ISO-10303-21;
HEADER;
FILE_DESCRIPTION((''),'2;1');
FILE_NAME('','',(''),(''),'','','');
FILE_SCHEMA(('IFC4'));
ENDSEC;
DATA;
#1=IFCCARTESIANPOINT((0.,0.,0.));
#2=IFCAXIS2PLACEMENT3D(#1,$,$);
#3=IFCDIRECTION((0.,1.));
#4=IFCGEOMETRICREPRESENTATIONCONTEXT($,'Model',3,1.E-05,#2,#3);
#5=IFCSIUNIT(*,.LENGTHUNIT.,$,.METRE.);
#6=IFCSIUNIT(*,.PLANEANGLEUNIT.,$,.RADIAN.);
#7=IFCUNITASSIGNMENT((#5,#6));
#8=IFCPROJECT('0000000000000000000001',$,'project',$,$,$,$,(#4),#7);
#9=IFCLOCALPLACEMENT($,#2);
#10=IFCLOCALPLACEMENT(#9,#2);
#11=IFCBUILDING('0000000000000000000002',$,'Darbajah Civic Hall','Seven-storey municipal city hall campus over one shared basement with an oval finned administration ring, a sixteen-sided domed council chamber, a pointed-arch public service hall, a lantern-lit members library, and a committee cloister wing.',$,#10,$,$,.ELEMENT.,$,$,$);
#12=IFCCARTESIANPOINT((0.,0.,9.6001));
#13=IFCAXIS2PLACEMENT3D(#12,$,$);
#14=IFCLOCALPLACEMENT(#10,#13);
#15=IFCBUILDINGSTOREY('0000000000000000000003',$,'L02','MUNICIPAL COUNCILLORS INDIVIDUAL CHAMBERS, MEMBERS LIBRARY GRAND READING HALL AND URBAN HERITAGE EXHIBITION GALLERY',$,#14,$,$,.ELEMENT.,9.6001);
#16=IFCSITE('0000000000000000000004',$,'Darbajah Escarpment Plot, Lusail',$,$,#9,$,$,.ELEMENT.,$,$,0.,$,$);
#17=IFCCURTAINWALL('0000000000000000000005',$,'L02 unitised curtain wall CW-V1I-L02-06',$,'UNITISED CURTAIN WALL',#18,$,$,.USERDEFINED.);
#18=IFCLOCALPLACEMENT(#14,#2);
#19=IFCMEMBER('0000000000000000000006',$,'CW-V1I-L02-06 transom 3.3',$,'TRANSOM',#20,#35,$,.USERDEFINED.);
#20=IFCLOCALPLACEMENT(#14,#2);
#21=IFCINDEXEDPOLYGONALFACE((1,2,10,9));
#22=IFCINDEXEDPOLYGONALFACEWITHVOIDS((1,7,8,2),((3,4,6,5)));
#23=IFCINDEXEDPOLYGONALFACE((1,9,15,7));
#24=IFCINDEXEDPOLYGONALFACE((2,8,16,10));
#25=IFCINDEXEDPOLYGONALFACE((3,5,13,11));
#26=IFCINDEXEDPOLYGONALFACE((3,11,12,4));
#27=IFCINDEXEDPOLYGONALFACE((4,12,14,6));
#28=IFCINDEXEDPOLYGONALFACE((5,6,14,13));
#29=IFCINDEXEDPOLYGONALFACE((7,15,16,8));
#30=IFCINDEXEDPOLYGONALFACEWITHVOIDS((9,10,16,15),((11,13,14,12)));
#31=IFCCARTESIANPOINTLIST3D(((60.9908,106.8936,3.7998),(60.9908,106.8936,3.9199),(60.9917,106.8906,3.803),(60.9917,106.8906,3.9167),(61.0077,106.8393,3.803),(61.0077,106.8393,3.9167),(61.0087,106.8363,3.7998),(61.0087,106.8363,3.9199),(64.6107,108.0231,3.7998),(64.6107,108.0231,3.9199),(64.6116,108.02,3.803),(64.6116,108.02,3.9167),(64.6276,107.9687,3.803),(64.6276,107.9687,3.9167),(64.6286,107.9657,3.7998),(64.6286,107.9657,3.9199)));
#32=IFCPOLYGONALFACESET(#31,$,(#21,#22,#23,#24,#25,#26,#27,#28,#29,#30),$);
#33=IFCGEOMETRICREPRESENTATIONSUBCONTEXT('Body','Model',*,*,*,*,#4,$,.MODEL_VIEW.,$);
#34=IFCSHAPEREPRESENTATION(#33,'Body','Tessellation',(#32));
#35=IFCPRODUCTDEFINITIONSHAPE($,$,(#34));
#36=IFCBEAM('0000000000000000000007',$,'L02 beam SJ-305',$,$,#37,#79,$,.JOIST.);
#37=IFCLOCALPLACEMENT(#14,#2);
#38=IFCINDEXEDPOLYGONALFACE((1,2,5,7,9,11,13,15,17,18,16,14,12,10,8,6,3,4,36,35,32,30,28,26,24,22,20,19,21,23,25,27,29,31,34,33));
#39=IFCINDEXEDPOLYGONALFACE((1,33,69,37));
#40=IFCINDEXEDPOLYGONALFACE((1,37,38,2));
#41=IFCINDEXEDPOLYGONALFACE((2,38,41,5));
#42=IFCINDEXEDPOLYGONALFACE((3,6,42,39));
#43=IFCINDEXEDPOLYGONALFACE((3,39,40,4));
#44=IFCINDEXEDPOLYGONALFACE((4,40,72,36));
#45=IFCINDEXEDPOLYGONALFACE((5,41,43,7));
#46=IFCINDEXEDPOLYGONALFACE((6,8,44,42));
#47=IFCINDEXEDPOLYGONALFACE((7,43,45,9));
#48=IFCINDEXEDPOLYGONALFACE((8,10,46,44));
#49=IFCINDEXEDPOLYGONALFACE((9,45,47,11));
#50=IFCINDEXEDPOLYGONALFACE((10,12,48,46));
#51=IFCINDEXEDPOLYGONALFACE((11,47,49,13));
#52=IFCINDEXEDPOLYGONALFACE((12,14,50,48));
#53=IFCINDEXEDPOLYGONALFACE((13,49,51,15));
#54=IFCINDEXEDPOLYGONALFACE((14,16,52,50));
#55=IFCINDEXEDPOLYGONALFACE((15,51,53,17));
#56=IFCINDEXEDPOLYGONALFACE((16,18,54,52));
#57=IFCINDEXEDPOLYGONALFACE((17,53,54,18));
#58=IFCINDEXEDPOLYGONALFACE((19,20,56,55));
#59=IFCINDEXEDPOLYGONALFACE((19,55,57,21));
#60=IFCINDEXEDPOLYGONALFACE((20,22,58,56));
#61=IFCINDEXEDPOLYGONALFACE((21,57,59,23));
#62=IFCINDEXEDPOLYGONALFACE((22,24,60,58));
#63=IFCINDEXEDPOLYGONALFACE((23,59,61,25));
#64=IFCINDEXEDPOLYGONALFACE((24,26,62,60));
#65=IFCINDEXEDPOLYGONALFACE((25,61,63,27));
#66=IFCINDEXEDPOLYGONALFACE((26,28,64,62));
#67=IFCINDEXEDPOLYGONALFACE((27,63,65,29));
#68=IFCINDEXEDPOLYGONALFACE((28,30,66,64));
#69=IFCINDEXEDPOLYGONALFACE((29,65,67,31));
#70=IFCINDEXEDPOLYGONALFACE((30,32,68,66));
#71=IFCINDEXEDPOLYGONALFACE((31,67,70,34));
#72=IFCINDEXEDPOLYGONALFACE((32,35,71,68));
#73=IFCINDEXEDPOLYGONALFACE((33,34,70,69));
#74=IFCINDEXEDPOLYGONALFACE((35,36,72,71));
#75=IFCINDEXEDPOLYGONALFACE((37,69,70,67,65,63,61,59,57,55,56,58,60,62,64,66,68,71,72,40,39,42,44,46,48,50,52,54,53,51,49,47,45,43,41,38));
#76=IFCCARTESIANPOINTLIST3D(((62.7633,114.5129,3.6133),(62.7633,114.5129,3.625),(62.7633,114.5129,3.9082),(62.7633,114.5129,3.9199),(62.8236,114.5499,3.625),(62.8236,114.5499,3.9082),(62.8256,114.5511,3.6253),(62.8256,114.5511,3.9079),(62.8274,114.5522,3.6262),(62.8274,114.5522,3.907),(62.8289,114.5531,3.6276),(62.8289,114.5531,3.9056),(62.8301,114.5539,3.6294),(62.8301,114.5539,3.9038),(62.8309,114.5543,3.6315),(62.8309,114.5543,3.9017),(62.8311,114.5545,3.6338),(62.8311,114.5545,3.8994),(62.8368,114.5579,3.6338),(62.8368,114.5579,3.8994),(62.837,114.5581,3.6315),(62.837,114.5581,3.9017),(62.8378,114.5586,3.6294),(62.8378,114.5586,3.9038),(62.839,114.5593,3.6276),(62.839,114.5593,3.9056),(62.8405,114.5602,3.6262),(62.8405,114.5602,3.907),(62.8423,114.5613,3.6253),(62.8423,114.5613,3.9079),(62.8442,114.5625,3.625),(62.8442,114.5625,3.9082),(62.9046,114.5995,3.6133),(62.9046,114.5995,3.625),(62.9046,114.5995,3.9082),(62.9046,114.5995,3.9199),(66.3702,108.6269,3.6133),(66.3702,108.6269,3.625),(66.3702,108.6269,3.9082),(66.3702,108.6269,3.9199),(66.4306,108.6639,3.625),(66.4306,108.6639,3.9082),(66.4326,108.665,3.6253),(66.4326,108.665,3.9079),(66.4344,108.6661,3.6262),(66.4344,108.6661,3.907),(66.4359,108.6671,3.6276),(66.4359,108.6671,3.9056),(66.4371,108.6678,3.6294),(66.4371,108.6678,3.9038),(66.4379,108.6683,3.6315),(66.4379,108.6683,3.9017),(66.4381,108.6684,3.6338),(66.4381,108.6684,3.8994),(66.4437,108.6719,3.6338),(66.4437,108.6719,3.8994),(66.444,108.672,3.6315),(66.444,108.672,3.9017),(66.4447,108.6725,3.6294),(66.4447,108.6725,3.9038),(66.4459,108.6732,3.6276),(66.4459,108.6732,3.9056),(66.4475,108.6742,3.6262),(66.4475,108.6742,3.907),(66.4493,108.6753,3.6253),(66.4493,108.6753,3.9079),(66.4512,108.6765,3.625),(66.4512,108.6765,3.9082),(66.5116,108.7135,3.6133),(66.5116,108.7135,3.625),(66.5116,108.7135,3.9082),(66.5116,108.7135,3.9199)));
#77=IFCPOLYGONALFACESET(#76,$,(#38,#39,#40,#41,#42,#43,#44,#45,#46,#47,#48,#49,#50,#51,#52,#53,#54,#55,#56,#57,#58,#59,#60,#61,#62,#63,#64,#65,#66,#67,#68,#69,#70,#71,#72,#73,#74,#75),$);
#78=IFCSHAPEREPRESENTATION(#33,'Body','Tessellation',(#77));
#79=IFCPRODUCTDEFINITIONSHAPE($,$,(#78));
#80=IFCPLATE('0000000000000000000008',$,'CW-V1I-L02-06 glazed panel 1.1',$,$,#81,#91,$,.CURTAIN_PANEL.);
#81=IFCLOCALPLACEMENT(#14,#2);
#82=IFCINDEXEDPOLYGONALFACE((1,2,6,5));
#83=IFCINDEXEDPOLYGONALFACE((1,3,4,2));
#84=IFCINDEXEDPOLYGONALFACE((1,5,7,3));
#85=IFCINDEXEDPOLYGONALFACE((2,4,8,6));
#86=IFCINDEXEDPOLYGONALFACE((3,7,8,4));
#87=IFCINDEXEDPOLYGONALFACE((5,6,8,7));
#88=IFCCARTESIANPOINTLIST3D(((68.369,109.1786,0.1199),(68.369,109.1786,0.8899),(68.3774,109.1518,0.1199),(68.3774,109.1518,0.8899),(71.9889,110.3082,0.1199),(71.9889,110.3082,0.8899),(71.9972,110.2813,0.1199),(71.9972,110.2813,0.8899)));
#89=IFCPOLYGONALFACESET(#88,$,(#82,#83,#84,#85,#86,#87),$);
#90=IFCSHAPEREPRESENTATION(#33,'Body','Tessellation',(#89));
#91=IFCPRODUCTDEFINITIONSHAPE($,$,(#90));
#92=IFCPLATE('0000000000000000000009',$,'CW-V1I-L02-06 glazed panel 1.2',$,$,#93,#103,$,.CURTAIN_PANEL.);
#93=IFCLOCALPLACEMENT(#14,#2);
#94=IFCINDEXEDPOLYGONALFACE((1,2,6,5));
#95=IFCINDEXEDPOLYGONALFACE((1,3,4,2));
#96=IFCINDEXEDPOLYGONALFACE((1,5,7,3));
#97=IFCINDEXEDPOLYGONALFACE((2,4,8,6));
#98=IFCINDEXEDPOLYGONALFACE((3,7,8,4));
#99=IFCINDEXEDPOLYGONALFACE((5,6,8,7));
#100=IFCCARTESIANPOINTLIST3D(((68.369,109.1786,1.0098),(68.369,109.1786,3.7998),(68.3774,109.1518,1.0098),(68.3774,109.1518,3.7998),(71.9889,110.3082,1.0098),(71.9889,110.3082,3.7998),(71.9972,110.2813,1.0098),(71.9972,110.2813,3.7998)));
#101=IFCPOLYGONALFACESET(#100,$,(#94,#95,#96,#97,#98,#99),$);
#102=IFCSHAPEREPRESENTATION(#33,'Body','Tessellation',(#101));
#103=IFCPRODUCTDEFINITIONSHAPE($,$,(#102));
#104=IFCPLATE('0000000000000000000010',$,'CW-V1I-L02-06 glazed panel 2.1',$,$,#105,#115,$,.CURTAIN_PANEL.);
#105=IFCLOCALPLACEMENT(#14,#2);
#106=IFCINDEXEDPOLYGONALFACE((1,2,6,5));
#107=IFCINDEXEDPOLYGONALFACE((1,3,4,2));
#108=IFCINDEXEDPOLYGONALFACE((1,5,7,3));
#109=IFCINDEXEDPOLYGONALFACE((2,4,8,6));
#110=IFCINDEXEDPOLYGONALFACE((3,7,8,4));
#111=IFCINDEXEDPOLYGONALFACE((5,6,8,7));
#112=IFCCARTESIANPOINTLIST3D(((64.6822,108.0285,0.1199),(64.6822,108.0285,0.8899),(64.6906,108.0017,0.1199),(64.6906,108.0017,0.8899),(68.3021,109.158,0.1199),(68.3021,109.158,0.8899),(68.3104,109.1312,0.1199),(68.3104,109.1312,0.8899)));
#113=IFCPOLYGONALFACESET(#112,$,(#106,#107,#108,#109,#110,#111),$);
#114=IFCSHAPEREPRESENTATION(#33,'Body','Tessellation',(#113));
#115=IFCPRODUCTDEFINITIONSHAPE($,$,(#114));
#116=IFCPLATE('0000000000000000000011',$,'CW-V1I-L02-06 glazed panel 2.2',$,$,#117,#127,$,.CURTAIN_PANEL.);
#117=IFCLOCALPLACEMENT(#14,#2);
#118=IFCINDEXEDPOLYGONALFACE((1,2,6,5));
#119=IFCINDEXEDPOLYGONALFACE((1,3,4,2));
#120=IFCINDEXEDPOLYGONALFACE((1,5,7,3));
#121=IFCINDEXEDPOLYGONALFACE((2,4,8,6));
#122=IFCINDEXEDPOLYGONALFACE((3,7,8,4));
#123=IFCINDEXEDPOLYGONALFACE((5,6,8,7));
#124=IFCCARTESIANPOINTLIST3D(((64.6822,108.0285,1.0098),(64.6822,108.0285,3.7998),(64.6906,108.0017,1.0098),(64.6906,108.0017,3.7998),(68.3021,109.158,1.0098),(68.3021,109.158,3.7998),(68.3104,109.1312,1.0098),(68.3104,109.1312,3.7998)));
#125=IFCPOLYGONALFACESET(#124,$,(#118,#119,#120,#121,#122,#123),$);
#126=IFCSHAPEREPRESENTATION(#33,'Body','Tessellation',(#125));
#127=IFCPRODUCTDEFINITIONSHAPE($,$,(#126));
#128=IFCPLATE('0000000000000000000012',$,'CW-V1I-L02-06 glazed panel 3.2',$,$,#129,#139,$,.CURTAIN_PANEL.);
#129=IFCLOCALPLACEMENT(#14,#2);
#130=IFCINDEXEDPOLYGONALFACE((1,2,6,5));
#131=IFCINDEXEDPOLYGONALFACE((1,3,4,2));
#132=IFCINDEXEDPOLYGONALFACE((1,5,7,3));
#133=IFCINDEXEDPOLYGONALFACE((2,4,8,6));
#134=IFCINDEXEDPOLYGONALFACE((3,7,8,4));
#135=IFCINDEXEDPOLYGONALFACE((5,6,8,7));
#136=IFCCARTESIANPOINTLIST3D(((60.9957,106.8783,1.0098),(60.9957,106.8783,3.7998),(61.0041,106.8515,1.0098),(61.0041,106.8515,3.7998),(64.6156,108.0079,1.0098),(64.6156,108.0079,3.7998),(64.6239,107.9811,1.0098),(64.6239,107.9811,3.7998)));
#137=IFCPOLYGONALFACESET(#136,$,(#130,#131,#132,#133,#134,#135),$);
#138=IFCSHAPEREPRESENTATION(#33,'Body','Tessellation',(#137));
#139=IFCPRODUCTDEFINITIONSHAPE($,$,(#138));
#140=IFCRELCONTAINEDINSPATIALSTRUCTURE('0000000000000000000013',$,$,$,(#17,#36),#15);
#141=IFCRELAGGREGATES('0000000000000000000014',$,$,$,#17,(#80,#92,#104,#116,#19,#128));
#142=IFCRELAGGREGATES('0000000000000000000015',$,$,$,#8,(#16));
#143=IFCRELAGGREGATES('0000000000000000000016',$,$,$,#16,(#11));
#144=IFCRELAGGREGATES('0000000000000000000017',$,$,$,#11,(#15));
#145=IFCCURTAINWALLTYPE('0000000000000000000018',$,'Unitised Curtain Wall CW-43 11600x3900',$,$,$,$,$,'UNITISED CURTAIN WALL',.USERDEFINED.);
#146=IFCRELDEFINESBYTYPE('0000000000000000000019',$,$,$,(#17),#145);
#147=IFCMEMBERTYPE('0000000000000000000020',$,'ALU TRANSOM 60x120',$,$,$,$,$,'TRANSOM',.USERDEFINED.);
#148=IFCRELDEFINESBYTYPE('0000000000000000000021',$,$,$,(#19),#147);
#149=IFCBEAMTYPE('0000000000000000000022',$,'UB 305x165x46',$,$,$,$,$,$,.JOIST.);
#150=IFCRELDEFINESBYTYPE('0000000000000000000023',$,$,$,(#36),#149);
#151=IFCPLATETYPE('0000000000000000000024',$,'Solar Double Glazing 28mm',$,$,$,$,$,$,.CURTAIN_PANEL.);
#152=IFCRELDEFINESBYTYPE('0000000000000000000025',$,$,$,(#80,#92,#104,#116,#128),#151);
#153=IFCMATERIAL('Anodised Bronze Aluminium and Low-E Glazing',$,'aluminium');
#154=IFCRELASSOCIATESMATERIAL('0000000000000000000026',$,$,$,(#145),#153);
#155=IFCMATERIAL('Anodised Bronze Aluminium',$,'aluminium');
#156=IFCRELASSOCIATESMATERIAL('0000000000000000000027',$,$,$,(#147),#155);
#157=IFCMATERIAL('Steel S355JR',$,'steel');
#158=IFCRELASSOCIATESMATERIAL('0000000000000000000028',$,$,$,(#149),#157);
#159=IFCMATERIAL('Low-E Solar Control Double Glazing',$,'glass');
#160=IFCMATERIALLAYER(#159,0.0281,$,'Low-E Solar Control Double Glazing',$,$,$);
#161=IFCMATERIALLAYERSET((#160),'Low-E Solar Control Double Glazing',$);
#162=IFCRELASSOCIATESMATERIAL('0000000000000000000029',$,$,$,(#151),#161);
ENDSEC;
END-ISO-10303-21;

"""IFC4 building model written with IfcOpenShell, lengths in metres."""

from ifc_helpers import new_model, si_unit, direction, frame, origin, origin_2d, place, context, subcontext, project, spatial, rectangle, hollow_rectangle, i_section, extrude, material, layer, layer_set, material_profile, profile_set, type_object, element, aggregate, save


model = new_model("IFC4")

# Units and contexts
model_context = context("Model", 3, precision=1e-05, world=origin(), true_north=direction((0.0, 1.0)))
body_context = subcontext(model_context, "Body", "Model", "MODEL_VIEW")
ifc_project = project(units=[si_unit("LENGTHUNIT", "METRE"), si_unit("PLANEANGLEUNIT", "RADIAN")], contexts=[model_context])

# Site, building, storey
site_placement = place(None, origin())
site = spatial("IfcSite", under=ifc_project, at=site_placement, Name="Darbajah Escarpment Plot, Lusail", CompositionType="ELEMENT", RefElevation=0.0)
building_placement = place(site_placement, origin())
building = spatial("IfcBuilding", under=site, at=building_placement, Name="Darbajah Civic Hall", Description="Seven-storey municipal city hall campus over one shared basement with an oval finned administration ring, a sixteen-sided domed council chamber, a pointed-arch public service hall, a lantern-lit members library, and a committee cloister wing.", CompositionType="ELEMENT")
storey_placement = place(building_placement, frame((0.0, 0.0, 9.6001)))
storey = spatial("IfcBuildingStorey", under=building, at=storey_placement, Name="L02", Description="MUNICIPAL COUNCILLORS INDIVIDUAL CHAMBERS, MEMBERS LIBRARY GRAND READING HALL AND URBAN HERITAGE EXHIBITION GALLERY", CompositionType="ELEMENT", Elevation=9.6001)

# Curtain wall, member
ifc_material_1 = material(Name="Anodised Bronze Aluminium and Low-E Glazing", Category="aluminium")
curtain_wall_type = type_object("IfcCurtainWallType", Name="Unitised Curtain Wall CW-43 11600x3900", ElementType="UNITISED CURTAIN WALL", PredefinedType="USERDEFINED", material=ifc_material_1)
curtain_wall_placement = place(storey_placement, origin())
curtain_wall = element("IfcCurtainWall", 1, at=curtain_wall_placement, inside=storey, type_object=curtain_wall_type, Name="L02 unitised curtain wall CW-V1I-L02-06", ObjectType="UNITISED CURTAIN WALL", PredefinedType="USERDEFINED")
ifc_material_2 = material(Name="Anodised Bronze Aluminium", Category="aluminium")
ifc_material_profile_1 = material_profile(ifc_material_2, hollow_rectangle(XDim=0.0601, YDim=0.1201, WallThickness=0.0032, at=origin_2d()), Name="ALU TRANSOM 60x120")
ifc_profile_set_1 = profile_set([ifc_material_profile_1], Name="Anodised Bronze Aluminium")
member_type_1 = type_object("IfcMemberType", Name="ALU TRANSOM 60x120", ElementType="TRANSOM", PredefinedType="USERDEFINED", material=ifc_profile_set_1)
member_1_placement = place(storey_placement, frame((64.6196, 107.9944, 3.8599), z_axis=(-0.954616, -0.297839, 0.0), x_axis=(0.297839, -0.954616, 0.0)))
member_1 = element("IfcMember", 2, at=member_1_placement, type_object=member_type_1, Name="CW-V1I-L02-06 transom 3.3", ObjectType="TRANSOM", PredefinedType="USERDEFINED", context=body_context, shape_type="SweptSolid", body=[
    extrude(hollow_rectangle(XDim=0.0601, YDim=0.1201, WallThickness=0.0032, at=origin_2d()), origin(), (0.0, 0.0, 1.0), 3.792),
])

# Beam
ifc_material_3 = material(Name="Steel S355JR", Category="steel")
ifc_material_profile_2 = material_profile(ifc_material_3, i_section(OverallWidth=0.1658, OverallDepth=0.3066, WebThickness=0.0066, FlangeThickness=0.0117, FilletRadius=0.0088, at=origin_2d()), Name="UB 305x165x46")
ifc_profile_set_2 = profile_set([ifc_material_profile_2], Name="Steel S355JR")
beam_type = type_object("IfcBeamType", Name="UB 305x165x46", PredefinedType="JOIST", material=ifc_profile_set_2)
beam_placement = place(storey_placement, frame((66.4409, 108.6702, 3.7666), z_axis=(-0.522498, 0.85264, 0.0), x_axis=(-0.85264, -0.522498, 0.0)))
element("IfcBeam", 3, at=beam_placement, inside=storey, type_object=beam_type, Name="L02 beam SJ-305", PredefinedType="JOIST", context=body_context, shape_type="SweptSolid", body=[
    extrude(i_section(OverallWidth=0.1658, OverallDepth=0.3066, WebThickness=0.0066, FlangeThickness=0.0117, FilletRadius=0.0088, at=origin_2d()), origin(), (0.0, 0.0, 1.0), 6.9033),
])

# Plates
ifc_material_4 = material(Name="Low-E Solar Control Double Glazing", Category="glass")
ifc_layer = layer(ifc_material_4, 0.0281, Name="Low-E Solar Control Double Glazing")
ifc_layer_set = layer_set([ifc_layer], Name="Low-E Solar Control Double Glazing")
plate_type = type_object("IfcPlateType", Name="Solar Double Glazing 28mm", PredefinedType="CURTAIN_PANEL", material=ifc_layer_set)
plate_1_placement = place(storey_placement, frame((70.1831, 109.73, 0.1199), z_axis=(0.0, 0.0, 1.0), x_axis=(-0.954605, -0.297875, 0.0)))
plate_1 = element("IfcPlate", 4, at=plate_1_placement, type_object=plate_type, Name="CW-V1I-L02-06 glazed panel 1.1", PredefinedType="CURTAIN_PANEL", context=body_context, shape_type="SweptSolid", body=[
    extrude(rectangle(XDim=3.792, YDim=0.0281, at=origin_2d()), origin(), (0.0, 0.0, 1.0), 0.77),
])
plate_2_placement = place(storey_placement, frame((70.1831, 109.73, 1.0098), z_axis=(0.0, 0.0, 1.0), x_axis=(-0.954605, -0.297875, 0.0)))
plate_2 = element("IfcPlate", 5, at=plate_2_placement, type_object=plate_type, Name="CW-V1I-L02-06 glazed panel 1.2", PredefinedType="CURTAIN_PANEL", context=body_context, shape_type="SweptSolid", body=[
    extrude(rectangle(XDim=3.792, YDim=0.0281, at=origin_2d()), origin(), (0.0, 0.0, 1.0), 2.79),
])
plate_3_placement = place(storey_placement, frame((66.4963, 108.5798, 0.1199), z_axis=(0.0, 0.0, 1.0), x_axis=(-0.954605, -0.297875, 0.0)))
plate_3 = element("IfcPlate", 6, at=plate_3_placement, type_object=plate_type, Name="CW-V1I-L02-06 glazed panel 2.1", PredefinedType="CURTAIN_PANEL", context=body_context, shape_type="SweptSolid", body=[
    extrude(rectangle(XDim=3.792, YDim=0.0281, at=origin_2d()), origin(), (0.0, 0.0, 1.0), 0.77),
])
plate_4_placement = place(storey_placement, frame((66.4963, 108.5798, 1.0098), z_axis=(0.0, 0.0, 1.0), x_axis=(-0.954605, -0.297875, 0.0)))
plate_4 = element("IfcPlate", 7, at=plate_4_placement, type_object=plate_type, Name="CW-V1I-L02-06 glazed panel 2.2", PredefinedType="CURTAIN_PANEL", context=body_context, shape_type="SweptSolid", body=[
    extrude(rectangle(XDim=3.792, YDim=0.0281, at=origin_2d()), origin(), (0.0, 0.0, 1.0), 2.79),
])
plate_5_placement = place(storey_placement, frame((62.8098, 107.4297, 1.0098), z_axis=(0.0, 0.0, 1.0), x_axis=(-0.954605, -0.297875, 0.0)))
plate_5 = element("IfcPlate", 8, at=plate_5_placement, type_object=plate_type, Name="CW-V1I-L02-06 glazed panel 3.2", PredefinedType="CURTAIN_PANEL", context=body_context, shape_type="SweptSolid", body=[
    extrude(rectangle(XDim=3.792, YDim=0.0281, at=origin_2d()), origin(), (0.0, 0.0, 1.0), 2.79),
])
aggregate(curtain_wall, [plate_1, plate_2, plate_3, plate_4, member_1, plate_5])

save(model, "model.ifc")
